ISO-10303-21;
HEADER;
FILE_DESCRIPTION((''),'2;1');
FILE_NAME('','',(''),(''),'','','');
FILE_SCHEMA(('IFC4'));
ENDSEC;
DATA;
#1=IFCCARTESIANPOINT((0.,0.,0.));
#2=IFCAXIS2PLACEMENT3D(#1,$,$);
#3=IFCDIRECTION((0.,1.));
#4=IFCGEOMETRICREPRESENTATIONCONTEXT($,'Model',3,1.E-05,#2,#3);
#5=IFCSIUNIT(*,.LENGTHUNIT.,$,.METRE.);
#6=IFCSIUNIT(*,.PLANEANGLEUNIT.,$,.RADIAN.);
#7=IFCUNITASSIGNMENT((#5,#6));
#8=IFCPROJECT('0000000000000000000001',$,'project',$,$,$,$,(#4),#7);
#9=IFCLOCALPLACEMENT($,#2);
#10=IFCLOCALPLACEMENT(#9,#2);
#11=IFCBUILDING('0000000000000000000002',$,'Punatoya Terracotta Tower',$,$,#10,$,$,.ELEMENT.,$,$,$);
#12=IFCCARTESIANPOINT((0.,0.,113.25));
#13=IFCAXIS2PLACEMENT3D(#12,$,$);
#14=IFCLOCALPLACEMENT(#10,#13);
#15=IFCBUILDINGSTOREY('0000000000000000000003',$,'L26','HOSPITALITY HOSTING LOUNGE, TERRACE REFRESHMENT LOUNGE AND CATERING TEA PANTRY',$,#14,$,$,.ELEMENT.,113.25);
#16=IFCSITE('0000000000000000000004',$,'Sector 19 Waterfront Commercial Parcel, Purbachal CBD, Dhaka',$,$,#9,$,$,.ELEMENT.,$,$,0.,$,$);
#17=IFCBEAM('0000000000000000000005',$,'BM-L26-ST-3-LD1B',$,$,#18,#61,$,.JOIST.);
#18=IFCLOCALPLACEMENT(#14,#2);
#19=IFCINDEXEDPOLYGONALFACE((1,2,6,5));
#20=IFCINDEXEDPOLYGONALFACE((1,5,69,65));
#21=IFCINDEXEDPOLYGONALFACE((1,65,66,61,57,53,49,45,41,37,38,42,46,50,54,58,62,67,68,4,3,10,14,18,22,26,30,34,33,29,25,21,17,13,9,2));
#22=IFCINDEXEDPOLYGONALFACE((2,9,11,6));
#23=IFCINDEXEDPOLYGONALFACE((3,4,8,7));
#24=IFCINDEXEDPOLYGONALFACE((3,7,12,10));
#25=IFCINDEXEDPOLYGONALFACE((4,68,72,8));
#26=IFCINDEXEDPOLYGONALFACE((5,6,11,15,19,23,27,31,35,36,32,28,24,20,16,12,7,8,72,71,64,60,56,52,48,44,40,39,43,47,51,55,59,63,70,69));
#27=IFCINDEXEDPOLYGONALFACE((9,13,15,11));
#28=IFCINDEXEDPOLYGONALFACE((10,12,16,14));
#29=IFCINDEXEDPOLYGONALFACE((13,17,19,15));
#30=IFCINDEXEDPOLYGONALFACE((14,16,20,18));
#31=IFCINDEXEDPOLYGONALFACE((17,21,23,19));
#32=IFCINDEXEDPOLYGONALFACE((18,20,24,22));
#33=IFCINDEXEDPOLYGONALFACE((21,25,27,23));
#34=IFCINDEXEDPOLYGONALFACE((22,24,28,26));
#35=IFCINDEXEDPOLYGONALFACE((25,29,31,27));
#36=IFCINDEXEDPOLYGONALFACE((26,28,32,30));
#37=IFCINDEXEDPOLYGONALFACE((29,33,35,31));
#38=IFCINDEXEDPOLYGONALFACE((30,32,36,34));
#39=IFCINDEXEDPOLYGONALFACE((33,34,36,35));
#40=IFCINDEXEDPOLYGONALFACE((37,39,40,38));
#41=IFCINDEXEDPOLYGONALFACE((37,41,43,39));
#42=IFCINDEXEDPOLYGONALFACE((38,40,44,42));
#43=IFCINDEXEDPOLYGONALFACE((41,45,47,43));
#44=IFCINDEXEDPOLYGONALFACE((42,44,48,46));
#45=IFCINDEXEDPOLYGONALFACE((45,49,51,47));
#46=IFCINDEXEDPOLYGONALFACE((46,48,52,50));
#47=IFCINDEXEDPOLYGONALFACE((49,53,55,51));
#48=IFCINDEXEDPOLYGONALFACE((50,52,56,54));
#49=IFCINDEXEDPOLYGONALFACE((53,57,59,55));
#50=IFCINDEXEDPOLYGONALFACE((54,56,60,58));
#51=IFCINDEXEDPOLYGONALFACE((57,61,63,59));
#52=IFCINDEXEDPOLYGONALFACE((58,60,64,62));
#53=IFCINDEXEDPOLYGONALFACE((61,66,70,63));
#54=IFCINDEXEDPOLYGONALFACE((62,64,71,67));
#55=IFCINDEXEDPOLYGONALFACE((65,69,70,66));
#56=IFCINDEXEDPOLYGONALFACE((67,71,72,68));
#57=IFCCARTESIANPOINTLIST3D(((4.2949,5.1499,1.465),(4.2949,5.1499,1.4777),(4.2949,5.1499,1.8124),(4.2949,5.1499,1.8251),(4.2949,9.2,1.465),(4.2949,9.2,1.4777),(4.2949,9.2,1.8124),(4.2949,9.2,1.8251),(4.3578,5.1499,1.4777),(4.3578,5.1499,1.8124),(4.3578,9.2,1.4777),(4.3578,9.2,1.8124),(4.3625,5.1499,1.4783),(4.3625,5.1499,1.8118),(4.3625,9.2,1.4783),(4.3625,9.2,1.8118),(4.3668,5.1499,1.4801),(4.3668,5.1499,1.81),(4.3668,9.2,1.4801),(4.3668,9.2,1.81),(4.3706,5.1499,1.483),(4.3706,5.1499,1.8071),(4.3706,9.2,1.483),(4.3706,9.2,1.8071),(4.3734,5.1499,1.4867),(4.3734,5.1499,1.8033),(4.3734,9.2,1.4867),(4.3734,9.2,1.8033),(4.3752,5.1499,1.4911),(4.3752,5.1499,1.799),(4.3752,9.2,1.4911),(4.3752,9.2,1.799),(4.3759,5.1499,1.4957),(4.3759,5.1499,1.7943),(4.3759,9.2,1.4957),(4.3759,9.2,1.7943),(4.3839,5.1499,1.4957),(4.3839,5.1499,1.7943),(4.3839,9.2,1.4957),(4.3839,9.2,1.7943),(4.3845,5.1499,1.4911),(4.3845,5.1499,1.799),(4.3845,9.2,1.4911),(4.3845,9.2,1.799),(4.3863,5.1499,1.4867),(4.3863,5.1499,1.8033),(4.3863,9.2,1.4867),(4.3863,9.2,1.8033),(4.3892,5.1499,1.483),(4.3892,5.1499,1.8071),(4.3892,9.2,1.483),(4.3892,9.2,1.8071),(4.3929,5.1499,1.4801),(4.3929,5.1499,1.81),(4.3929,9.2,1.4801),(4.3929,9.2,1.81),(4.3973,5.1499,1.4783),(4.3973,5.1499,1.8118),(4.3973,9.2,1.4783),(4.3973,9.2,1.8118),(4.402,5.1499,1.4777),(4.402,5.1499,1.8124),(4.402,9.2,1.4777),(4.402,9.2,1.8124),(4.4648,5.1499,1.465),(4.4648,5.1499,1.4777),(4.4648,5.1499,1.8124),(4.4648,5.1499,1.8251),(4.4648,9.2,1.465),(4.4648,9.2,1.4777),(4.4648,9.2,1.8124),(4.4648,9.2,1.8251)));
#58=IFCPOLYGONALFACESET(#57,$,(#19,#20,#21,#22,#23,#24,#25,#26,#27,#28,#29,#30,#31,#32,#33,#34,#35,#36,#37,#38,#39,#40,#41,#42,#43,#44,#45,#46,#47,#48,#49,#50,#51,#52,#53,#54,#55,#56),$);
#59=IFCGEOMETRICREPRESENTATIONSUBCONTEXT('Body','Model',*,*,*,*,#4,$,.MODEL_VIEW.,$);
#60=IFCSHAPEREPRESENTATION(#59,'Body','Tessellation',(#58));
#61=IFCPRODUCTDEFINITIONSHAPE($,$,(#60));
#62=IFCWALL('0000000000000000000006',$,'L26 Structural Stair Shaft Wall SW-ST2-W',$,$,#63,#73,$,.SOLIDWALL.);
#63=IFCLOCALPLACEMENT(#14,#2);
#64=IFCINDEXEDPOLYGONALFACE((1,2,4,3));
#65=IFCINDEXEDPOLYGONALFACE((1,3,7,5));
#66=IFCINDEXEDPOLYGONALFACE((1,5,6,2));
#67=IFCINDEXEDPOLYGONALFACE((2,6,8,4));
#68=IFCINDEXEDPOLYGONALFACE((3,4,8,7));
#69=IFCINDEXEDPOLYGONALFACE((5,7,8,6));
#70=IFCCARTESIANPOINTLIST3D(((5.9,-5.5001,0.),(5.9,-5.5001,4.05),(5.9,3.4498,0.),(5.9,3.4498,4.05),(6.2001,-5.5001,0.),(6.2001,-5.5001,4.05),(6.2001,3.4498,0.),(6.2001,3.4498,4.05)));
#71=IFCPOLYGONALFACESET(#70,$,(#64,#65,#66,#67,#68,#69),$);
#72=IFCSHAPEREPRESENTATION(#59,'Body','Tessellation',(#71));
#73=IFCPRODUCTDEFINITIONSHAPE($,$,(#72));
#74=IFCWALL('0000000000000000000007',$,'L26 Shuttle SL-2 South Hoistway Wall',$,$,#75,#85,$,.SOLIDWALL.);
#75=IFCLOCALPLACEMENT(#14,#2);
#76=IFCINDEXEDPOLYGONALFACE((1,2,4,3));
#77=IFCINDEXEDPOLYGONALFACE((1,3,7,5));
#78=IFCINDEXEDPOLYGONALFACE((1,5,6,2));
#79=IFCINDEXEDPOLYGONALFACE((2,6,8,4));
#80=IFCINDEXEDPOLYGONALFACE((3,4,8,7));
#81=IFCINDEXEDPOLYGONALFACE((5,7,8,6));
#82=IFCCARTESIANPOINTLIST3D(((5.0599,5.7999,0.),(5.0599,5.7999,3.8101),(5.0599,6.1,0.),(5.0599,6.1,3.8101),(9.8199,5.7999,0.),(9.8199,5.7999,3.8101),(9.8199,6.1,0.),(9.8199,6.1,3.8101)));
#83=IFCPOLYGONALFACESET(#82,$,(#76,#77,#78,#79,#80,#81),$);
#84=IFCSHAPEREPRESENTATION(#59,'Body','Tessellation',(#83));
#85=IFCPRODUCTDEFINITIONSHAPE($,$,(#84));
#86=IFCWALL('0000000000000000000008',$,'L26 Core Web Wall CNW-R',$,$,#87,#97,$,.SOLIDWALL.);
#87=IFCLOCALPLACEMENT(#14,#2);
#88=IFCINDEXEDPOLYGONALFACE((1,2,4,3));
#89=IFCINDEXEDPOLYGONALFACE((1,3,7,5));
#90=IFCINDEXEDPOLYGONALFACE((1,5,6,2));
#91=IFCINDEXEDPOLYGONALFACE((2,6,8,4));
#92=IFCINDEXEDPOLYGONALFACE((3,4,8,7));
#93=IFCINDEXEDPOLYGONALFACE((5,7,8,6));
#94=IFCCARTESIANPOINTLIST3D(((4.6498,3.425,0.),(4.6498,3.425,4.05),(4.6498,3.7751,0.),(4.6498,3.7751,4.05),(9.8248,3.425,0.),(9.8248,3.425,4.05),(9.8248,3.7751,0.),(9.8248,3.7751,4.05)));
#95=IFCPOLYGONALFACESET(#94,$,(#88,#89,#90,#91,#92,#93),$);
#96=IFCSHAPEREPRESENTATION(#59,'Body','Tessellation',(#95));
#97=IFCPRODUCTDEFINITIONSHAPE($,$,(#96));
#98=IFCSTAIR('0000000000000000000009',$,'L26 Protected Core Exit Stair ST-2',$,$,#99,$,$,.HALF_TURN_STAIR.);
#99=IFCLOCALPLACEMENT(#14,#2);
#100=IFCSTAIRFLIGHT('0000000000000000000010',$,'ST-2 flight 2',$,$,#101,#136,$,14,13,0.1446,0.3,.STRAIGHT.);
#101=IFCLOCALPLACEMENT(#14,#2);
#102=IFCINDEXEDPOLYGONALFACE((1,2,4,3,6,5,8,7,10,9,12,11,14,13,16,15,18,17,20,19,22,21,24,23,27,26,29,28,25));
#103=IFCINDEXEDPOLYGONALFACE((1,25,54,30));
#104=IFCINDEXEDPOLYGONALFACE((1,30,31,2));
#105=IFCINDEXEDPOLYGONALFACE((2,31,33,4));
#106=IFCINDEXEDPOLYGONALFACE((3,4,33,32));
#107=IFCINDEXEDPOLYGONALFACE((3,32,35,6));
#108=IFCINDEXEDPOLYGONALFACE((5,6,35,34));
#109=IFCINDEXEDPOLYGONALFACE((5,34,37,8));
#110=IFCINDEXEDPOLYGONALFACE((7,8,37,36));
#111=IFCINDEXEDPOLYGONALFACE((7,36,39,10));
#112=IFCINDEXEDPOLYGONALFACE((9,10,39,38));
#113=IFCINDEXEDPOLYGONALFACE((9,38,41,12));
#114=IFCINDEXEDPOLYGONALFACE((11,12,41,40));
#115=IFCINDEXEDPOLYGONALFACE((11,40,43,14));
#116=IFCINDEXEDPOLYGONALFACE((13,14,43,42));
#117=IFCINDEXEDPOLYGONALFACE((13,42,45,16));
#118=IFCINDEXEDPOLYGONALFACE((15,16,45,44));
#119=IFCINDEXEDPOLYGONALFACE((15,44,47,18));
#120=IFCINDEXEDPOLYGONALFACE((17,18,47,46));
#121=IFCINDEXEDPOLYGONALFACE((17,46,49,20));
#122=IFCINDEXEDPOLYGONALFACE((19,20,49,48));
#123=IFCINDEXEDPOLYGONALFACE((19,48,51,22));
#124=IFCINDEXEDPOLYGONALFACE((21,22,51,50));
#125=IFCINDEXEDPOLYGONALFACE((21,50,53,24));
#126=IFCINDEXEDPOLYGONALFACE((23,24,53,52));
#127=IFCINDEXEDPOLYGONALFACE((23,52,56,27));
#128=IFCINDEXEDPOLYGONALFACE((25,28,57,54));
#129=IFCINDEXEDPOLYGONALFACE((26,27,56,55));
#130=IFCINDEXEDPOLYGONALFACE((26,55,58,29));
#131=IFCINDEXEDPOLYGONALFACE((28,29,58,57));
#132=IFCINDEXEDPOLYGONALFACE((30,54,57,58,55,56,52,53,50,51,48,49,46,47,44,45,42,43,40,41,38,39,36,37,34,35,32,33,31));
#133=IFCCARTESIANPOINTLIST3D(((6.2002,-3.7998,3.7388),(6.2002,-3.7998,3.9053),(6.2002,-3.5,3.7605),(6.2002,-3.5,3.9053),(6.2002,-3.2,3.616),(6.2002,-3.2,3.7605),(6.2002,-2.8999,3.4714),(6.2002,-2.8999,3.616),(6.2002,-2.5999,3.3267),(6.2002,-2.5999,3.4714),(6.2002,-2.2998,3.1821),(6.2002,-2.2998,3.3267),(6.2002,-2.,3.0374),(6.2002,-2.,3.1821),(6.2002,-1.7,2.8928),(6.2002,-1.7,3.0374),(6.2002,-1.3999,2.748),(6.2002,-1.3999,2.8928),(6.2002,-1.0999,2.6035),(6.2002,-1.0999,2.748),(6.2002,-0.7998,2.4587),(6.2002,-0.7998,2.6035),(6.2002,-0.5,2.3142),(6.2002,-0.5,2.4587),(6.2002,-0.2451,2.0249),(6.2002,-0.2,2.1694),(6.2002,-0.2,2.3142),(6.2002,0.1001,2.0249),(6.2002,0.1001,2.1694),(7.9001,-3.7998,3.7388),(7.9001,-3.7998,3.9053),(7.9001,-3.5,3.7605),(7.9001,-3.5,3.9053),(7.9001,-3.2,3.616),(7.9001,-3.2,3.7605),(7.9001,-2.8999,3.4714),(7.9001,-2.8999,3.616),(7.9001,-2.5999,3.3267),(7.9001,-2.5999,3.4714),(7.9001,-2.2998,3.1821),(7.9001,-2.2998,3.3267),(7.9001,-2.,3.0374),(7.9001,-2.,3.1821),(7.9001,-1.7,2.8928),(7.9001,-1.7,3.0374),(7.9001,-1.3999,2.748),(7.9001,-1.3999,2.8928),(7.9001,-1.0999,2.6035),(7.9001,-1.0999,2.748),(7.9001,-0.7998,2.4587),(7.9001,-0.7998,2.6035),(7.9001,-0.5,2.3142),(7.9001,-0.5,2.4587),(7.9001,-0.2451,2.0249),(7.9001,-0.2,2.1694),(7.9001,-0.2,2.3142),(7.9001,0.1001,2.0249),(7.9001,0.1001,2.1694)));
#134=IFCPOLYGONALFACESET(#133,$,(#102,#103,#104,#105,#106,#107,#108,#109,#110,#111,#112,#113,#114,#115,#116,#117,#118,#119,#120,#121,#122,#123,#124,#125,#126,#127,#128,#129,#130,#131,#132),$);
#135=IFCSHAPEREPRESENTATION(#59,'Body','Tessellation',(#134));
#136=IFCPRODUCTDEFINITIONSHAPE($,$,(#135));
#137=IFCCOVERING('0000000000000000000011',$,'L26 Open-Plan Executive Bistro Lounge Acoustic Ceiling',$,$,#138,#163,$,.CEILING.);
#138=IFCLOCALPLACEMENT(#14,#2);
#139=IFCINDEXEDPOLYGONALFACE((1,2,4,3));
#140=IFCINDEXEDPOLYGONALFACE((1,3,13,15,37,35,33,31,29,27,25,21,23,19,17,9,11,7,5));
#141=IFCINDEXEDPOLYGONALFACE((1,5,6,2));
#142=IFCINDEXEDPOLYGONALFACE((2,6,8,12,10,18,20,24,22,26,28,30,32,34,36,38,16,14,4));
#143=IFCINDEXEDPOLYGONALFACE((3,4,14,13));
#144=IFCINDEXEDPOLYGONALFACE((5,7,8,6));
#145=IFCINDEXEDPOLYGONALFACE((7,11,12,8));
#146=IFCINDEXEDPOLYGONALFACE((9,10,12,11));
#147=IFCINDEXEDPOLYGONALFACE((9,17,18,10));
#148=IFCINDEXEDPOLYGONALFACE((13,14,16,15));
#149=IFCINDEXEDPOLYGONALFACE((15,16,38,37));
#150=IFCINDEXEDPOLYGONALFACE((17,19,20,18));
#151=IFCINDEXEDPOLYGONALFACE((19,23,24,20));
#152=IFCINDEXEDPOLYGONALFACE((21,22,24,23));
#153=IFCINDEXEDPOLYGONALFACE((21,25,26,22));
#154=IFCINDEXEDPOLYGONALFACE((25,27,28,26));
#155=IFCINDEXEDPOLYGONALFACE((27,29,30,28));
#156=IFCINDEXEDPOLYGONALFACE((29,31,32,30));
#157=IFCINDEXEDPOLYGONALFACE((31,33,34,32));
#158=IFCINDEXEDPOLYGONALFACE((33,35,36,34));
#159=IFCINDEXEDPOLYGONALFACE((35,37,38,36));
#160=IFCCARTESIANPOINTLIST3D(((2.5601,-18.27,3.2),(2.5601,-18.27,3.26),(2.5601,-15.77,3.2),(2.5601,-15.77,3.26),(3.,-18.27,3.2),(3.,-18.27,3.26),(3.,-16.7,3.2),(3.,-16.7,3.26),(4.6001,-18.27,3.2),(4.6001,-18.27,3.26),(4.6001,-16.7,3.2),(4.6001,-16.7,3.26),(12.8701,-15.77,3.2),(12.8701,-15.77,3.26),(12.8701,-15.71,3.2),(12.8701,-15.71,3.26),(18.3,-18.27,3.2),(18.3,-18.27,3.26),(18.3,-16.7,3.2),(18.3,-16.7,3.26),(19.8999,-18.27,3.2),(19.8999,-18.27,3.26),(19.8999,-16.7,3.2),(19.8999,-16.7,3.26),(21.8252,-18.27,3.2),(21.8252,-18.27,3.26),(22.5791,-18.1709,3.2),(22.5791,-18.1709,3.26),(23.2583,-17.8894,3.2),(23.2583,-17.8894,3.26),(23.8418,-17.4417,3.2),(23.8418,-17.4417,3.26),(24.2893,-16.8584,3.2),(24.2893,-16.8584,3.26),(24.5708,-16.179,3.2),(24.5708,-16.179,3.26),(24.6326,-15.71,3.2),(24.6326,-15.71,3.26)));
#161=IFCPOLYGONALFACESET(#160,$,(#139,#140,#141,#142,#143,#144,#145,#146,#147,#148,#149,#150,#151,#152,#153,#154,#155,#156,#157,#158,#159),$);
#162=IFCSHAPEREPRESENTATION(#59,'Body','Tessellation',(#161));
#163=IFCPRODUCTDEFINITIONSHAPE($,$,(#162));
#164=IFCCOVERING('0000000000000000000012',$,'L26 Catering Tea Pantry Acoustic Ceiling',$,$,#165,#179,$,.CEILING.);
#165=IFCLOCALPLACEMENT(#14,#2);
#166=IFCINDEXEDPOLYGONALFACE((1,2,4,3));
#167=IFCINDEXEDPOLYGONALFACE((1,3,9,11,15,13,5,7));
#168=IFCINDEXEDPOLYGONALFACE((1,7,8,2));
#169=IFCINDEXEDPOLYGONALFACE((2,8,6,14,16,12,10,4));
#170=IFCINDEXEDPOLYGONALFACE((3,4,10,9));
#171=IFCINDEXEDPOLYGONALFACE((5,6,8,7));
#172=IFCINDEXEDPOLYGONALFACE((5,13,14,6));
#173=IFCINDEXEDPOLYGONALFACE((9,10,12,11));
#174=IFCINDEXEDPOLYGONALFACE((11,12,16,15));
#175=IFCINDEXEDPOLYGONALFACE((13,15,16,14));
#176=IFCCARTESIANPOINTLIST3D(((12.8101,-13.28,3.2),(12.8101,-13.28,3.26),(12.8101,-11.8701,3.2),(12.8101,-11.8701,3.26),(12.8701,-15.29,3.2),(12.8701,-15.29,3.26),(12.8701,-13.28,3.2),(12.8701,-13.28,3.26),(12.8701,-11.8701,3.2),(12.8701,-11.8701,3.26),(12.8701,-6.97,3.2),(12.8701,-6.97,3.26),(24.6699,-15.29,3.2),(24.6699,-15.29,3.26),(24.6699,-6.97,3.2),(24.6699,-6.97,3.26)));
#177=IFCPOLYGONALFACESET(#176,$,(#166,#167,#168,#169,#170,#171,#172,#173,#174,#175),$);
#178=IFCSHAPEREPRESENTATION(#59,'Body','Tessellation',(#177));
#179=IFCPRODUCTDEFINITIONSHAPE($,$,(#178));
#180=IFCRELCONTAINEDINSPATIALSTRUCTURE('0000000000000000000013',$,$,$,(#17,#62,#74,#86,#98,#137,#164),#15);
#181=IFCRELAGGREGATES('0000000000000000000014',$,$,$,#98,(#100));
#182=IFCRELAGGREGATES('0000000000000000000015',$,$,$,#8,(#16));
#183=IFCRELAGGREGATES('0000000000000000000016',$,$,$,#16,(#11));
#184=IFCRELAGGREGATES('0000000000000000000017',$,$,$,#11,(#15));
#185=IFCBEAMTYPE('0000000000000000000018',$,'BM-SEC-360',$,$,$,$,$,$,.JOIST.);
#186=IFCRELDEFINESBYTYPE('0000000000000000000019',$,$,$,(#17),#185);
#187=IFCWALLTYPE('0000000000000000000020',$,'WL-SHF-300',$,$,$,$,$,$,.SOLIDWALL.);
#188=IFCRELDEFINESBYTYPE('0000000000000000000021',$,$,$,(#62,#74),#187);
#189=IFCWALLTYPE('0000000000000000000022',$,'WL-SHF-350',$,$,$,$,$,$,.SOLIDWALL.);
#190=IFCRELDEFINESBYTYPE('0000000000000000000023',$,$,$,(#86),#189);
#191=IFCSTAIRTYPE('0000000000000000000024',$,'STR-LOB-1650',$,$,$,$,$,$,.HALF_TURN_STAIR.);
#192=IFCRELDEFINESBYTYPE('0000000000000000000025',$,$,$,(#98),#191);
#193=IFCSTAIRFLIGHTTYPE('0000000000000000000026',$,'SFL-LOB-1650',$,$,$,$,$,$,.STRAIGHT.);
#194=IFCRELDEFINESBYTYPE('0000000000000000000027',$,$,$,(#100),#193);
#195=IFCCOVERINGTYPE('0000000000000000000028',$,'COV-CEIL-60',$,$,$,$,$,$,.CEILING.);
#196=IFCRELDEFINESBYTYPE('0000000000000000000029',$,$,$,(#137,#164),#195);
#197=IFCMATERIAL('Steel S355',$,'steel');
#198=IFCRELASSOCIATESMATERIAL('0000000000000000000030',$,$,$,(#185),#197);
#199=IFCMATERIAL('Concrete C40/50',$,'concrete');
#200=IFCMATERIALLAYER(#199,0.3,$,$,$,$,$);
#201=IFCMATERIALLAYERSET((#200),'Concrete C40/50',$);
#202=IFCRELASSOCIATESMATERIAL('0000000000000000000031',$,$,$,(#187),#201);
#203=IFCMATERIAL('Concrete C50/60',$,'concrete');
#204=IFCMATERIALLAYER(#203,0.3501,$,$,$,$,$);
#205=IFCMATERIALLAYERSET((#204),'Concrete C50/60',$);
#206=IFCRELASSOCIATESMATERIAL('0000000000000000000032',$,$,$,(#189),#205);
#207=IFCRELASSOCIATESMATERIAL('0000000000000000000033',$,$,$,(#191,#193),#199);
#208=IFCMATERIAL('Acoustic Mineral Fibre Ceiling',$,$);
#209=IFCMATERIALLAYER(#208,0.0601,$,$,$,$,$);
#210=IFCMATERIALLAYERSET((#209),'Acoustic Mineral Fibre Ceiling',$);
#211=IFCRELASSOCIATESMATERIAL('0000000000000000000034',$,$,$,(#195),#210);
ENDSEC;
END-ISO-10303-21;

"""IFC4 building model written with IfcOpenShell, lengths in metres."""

from ifc_helpers import new_model, si_unit, direction, frame, frame_2d, origin, origin_2d, place, context, subcontext, project, spatial, polyline, rectangle, i_section, outline, extrude, material, layer, layer_set, material_profile, profile_set, type_object, element, aggregate, save


model = new_model("IFC4")

# Units and contexts
model_context = context("Model", 3, precision=1e-05, world=origin(), true_north=direction((0.0, 1.0)))
body_context = subcontext(model_context, "Body", "Model", "MODEL_VIEW")
ifc_project = project(units=[si_unit("LENGTHUNIT", "METRE"), si_unit("PLANEANGLEUNIT", "RADIAN")], contexts=[model_context])

# Site, building, storey
site_placement = place(None, origin())
site = spatial("IfcSite", under=ifc_project, at=site_placement, Name="Sector 19 Waterfront Commercial Parcel, Purbachal CBD, Dhaka", CompositionType="ELEMENT", RefElevation=0.0)
building_placement = place(site_placement, origin())
building = spatial("IfcBuilding", under=site, at=building_placement, Name="Punatoya Terracotta Tower", CompositionType="ELEMENT")
storey_placement = place(building_placement, frame((0.0, 0.0, 113.25)))
storey = spatial("IfcBuildingStorey", under=building, at=storey_placement, Name="L26", Description="HOSPITALITY HOSTING LOUNGE, TERRACE REFRESHMENT LOUNGE AND CATERING TEA PANTRY", CompositionType="ELEMENT", Elevation=113.25)

# Beam
ifc_material_1 = material(Name="Steel S355", Category="steel")
ifc_material_profile_1 = material_profile(ifc_material_1, i_section(OverallWidth=0.1699, OverallDepth=0.3601, WebThickness=0.0081, FlangeThickness=0.0127, FilletRadius=0.0181, at=origin_2d()))
ifc_profile_set_1 = profile_set([ifc_material_profile_1], Name="Steel S355")
beam_type_1 = type_object("IfcBeamType", Name="BM-SEC-360", PredefinedType="JOIST", material=ifc_profile_set_1)
for number, where, z_axis, x_axis, name in (
    (1, (4.3799, 5.1499, 1.645), (0.0, 1.0, 0.0), (-1.0, 0.0, 0.0), "BM-L26-ST-3-LD1B"),
):
    element("IfcBeam", number, at=place(storey_placement, frame(where, z_axis=z_axis, x_axis=x_axis)), inside=storey, type_object=beam_type_1, Name=name, PredefinedType="JOIST", context=body_context, shape_type="SweptSolid", body=[
        extrude(i_section(OverallWidth=0.1699, OverallDepth=0.3601, WebThickness=0.0081, FlangeThickness=0.0127, FilletRadius=0.0181, at=origin_2d()), origin(), (0.0, 0.0, 1.0), 4.05),
    ])

# Walls
ifc_material_2 = material(Name="Concrete C40/50", Category="concrete")
ifc_layer_1 = layer(ifc_material_2, 0.3)
ifc_layer_set_1 = layer_set([ifc_layer_1], Name="Concrete C40/50")
wall_type_1 = type_object("IfcWallType", Name="WL-SHF-300", PredefinedType="SOLIDWALL", material=ifc_layer_set_1)
wall_1_placement = place(storey_placement, frame((6.05, 3.45, 0.0), z_axis=(0.0, 0.0, 1.0), x_axis=(0.0, -1.0, 0.0)))
element("IfcWall", 2, at=wall_1_placement, inside=storey, type_object=wall_type_1, Name="L26 Structural Stair Shaft Wall SW-ST2-W", PredefinedType="SOLIDWALL", context=body_context, shape_type="SweptSolid", body=[
    extrude(rectangle(XDim=8.95, YDim=0.3, at=frame_2d((4.4751, 0.0))), origin(), (0.0, 0.0, 1.0), 4.05),
])
wall_2_placement = place(storey_placement, frame((5.0601, 5.95, 0.0), z_axis=(0.0, 0.0, 1.0), x_axis=(1.0, 0.0, 0.0)))
element("IfcWall", 3, at=wall_2_placement, inside=storey, type_object=wall_type_1, Name="L26 Shuttle SL-2 South Hoistway Wall", PredefinedType="SOLIDWALL", context=body_context, shape_type="SweptSolid", body=[
    extrude(rectangle(XDim=4.76, YDim=0.3, at=frame_2d((2.3799, 0.0))), origin(), (0.0, 0.0, 1.0), 3.8101),
])
ifc_material_3 = material(Name="Concrete C50/60", Category="concrete")
ifc_layer_2 = layer(ifc_material_3, 0.3501)
ifc_layer_set_2 = layer_set([ifc_layer_2], Name="Concrete C50/60")
wall_type_2 = type_object("IfcWallType", Name="WL-SHF-350", PredefinedType="SOLIDWALL", material=ifc_layer_set_2)
wall_3_placement = place(storey_placement, frame((4.6499, 3.6001, 0.0), z_axis=(0.0, 0.0, 1.0), x_axis=(1.0, 0.0, 0.0)))
element("IfcWall", 4, at=wall_3_placement, inside=storey, type_object=wall_type_2, Name="L26 Core Web Wall CNW-R", PredefinedType="SOLIDWALL", context=body_context, shape_type="SweptSolid", body=[
    extrude(rectangle(XDim=5.175, YDim=0.3501, at=frame_2d((2.5874, 0.0))), origin(), (0.0, 0.0, 1.0), 4.05),
])

# Stair, stair flight
stair_type = type_object("IfcStairType", Name="STR-LOB-1650", PredefinedType="HALF_TURN_STAIR", material=ifc_material_2)
stair_placement = place(storey_placement, origin())
stair = element("IfcStair", 5, at=stair_placement, inside=storey, type_object=stair_type, Name="L26 Protected Core Exit Stair ST-2", PredefinedType="HALF_TURN_STAIR")
stair_flight_type = type_object("IfcStairFlightType", Name="SFL-LOB-1650", PredefinedType="STRAIGHT", material=ifc_material_2)
stair_flight_placement = place(storey_placement, frame((7.05, 0.1001, 2.0249), z_axis=(0.0, 0.0, 1.0), x_axis=(0.0, -1.0, 0.0)))
stair_flight = element("IfcStairFlight", 6, at=stair_flight_placement, type_object=stair_flight_type, Name="ST-2 flight 2", NumberOfRisers=14, NumberOfTreads=13, PredefinedType="STRAIGHT", RiserHeight=0.1446, TreadLength=0.3, context=body_context, shape_type="SweptSolid", body=[
    extrude(outline(polyline([(0.0, 0.0), (0.0, 0.1445), (0.3, 0.1445), (0.3, 0.2893), (0.6001, 0.2893), (0.6001, 0.4338), (0.8999, 0.4338), (0.8999, 0.5786), (1.2, 0.5786), (1.2, 0.7231), (1.5, 0.7231), (1.5, 0.8679), (1.8, 0.8679), (1.8, 1.0125), (2.1001, 1.0125), (2.1001, 1.1572), (2.3999, 1.1572), (2.3999, 1.3018), (2.7, 1.3018), (2.7, 1.4465), (3.0, 1.4465), (3.0, 1.5911), (3.3, 1.5911), (3.3, 1.7356), (3.6001, 1.7356), (3.6001, 1.8804), (3.8999, 1.8804), (3.8999, 2.0249), (3.8999, 1.7139), (0.3452, 0.0), (0.0, 0.0)])), frame((0.0, 0.8501, 0.0), z_axis=(0.0, -1.0, 0.0), x_axis=(1.0, 0.0, 0.0)), (0.0, 0.0, 1.0), 1.7),
])
aggregate(stair, [stair_flight])

# Coverings
ifc_material_4 = material(Name="Acoustic Mineral Fibre Ceiling")
ifc_layer_3 = layer(ifc_material_4, 0.0601)
ifc_layer_set_3 = layer_set([ifc_layer_3], Name="Acoustic Mineral Fibre Ceiling")
covering_type = type_object("IfcCoveringType", Name="COV-CEIL-60", PredefinedType="CEILING", material=ifc_layer_set_3)
covering_1_placement = place(storey_placement, frame((0.0, 0.0, 3.2)))
element("IfcCovering", 7, at=covering_1_placement, inside=storey, type_object=covering_type, Name="L26 Open-Plan Executive Bistro Lounge Acoustic Ceiling", PredefinedType="CEILING", context=body_context, shape_type="SweptSolid", body=[
    extrude(outline(polyline([(2.5601, -15.77), (2.5601, -18.27), (3.0, -18.27), (3.0, -16.7), (4.6001, -16.7), (4.6001, -18.27), (18.3, -18.27), (18.3, -16.7), (19.8999, -16.7), (19.8999, -18.27), (21.8252, -18.27), (22.5791, -18.1709), (23.2583, -17.8894), (23.8418, -17.4417), (24.2893, -16.8584), (24.5708, -16.179), (24.6326, -15.71), (12.8701, -15.71), (12.8701, -15.77), (2.5601, -15.77)])), origin(), (0.0, 0.0, 1.0), 0.0601),
])
covering_2_placement = place(storey_placement, frame((0.0, 0.0, 3.2)))
element("IfcCovering", 8, at=covering_2_placement, inside=storey, type_object=covering_type, Name="L26 Catering Tea Pantry Acoustic Ceiling", PredefinedType="CEILING", context=body_context, shape_type="SweptSolid", body=[
    extrude(outline(polyline([(12.8101, -13.28), (12.8701, -13.28), (12.8701, -15.29), (24.6699, -15.29), (24.6699, -6.97), (12.8701, -6.97), (12.8701, -11.8701), (12.8101, -11.8701), (12.8101, -13.28)])), origin(), (0.0, 0.0, 1.0), 0.0601),
])

save(model, "model.ifc")
